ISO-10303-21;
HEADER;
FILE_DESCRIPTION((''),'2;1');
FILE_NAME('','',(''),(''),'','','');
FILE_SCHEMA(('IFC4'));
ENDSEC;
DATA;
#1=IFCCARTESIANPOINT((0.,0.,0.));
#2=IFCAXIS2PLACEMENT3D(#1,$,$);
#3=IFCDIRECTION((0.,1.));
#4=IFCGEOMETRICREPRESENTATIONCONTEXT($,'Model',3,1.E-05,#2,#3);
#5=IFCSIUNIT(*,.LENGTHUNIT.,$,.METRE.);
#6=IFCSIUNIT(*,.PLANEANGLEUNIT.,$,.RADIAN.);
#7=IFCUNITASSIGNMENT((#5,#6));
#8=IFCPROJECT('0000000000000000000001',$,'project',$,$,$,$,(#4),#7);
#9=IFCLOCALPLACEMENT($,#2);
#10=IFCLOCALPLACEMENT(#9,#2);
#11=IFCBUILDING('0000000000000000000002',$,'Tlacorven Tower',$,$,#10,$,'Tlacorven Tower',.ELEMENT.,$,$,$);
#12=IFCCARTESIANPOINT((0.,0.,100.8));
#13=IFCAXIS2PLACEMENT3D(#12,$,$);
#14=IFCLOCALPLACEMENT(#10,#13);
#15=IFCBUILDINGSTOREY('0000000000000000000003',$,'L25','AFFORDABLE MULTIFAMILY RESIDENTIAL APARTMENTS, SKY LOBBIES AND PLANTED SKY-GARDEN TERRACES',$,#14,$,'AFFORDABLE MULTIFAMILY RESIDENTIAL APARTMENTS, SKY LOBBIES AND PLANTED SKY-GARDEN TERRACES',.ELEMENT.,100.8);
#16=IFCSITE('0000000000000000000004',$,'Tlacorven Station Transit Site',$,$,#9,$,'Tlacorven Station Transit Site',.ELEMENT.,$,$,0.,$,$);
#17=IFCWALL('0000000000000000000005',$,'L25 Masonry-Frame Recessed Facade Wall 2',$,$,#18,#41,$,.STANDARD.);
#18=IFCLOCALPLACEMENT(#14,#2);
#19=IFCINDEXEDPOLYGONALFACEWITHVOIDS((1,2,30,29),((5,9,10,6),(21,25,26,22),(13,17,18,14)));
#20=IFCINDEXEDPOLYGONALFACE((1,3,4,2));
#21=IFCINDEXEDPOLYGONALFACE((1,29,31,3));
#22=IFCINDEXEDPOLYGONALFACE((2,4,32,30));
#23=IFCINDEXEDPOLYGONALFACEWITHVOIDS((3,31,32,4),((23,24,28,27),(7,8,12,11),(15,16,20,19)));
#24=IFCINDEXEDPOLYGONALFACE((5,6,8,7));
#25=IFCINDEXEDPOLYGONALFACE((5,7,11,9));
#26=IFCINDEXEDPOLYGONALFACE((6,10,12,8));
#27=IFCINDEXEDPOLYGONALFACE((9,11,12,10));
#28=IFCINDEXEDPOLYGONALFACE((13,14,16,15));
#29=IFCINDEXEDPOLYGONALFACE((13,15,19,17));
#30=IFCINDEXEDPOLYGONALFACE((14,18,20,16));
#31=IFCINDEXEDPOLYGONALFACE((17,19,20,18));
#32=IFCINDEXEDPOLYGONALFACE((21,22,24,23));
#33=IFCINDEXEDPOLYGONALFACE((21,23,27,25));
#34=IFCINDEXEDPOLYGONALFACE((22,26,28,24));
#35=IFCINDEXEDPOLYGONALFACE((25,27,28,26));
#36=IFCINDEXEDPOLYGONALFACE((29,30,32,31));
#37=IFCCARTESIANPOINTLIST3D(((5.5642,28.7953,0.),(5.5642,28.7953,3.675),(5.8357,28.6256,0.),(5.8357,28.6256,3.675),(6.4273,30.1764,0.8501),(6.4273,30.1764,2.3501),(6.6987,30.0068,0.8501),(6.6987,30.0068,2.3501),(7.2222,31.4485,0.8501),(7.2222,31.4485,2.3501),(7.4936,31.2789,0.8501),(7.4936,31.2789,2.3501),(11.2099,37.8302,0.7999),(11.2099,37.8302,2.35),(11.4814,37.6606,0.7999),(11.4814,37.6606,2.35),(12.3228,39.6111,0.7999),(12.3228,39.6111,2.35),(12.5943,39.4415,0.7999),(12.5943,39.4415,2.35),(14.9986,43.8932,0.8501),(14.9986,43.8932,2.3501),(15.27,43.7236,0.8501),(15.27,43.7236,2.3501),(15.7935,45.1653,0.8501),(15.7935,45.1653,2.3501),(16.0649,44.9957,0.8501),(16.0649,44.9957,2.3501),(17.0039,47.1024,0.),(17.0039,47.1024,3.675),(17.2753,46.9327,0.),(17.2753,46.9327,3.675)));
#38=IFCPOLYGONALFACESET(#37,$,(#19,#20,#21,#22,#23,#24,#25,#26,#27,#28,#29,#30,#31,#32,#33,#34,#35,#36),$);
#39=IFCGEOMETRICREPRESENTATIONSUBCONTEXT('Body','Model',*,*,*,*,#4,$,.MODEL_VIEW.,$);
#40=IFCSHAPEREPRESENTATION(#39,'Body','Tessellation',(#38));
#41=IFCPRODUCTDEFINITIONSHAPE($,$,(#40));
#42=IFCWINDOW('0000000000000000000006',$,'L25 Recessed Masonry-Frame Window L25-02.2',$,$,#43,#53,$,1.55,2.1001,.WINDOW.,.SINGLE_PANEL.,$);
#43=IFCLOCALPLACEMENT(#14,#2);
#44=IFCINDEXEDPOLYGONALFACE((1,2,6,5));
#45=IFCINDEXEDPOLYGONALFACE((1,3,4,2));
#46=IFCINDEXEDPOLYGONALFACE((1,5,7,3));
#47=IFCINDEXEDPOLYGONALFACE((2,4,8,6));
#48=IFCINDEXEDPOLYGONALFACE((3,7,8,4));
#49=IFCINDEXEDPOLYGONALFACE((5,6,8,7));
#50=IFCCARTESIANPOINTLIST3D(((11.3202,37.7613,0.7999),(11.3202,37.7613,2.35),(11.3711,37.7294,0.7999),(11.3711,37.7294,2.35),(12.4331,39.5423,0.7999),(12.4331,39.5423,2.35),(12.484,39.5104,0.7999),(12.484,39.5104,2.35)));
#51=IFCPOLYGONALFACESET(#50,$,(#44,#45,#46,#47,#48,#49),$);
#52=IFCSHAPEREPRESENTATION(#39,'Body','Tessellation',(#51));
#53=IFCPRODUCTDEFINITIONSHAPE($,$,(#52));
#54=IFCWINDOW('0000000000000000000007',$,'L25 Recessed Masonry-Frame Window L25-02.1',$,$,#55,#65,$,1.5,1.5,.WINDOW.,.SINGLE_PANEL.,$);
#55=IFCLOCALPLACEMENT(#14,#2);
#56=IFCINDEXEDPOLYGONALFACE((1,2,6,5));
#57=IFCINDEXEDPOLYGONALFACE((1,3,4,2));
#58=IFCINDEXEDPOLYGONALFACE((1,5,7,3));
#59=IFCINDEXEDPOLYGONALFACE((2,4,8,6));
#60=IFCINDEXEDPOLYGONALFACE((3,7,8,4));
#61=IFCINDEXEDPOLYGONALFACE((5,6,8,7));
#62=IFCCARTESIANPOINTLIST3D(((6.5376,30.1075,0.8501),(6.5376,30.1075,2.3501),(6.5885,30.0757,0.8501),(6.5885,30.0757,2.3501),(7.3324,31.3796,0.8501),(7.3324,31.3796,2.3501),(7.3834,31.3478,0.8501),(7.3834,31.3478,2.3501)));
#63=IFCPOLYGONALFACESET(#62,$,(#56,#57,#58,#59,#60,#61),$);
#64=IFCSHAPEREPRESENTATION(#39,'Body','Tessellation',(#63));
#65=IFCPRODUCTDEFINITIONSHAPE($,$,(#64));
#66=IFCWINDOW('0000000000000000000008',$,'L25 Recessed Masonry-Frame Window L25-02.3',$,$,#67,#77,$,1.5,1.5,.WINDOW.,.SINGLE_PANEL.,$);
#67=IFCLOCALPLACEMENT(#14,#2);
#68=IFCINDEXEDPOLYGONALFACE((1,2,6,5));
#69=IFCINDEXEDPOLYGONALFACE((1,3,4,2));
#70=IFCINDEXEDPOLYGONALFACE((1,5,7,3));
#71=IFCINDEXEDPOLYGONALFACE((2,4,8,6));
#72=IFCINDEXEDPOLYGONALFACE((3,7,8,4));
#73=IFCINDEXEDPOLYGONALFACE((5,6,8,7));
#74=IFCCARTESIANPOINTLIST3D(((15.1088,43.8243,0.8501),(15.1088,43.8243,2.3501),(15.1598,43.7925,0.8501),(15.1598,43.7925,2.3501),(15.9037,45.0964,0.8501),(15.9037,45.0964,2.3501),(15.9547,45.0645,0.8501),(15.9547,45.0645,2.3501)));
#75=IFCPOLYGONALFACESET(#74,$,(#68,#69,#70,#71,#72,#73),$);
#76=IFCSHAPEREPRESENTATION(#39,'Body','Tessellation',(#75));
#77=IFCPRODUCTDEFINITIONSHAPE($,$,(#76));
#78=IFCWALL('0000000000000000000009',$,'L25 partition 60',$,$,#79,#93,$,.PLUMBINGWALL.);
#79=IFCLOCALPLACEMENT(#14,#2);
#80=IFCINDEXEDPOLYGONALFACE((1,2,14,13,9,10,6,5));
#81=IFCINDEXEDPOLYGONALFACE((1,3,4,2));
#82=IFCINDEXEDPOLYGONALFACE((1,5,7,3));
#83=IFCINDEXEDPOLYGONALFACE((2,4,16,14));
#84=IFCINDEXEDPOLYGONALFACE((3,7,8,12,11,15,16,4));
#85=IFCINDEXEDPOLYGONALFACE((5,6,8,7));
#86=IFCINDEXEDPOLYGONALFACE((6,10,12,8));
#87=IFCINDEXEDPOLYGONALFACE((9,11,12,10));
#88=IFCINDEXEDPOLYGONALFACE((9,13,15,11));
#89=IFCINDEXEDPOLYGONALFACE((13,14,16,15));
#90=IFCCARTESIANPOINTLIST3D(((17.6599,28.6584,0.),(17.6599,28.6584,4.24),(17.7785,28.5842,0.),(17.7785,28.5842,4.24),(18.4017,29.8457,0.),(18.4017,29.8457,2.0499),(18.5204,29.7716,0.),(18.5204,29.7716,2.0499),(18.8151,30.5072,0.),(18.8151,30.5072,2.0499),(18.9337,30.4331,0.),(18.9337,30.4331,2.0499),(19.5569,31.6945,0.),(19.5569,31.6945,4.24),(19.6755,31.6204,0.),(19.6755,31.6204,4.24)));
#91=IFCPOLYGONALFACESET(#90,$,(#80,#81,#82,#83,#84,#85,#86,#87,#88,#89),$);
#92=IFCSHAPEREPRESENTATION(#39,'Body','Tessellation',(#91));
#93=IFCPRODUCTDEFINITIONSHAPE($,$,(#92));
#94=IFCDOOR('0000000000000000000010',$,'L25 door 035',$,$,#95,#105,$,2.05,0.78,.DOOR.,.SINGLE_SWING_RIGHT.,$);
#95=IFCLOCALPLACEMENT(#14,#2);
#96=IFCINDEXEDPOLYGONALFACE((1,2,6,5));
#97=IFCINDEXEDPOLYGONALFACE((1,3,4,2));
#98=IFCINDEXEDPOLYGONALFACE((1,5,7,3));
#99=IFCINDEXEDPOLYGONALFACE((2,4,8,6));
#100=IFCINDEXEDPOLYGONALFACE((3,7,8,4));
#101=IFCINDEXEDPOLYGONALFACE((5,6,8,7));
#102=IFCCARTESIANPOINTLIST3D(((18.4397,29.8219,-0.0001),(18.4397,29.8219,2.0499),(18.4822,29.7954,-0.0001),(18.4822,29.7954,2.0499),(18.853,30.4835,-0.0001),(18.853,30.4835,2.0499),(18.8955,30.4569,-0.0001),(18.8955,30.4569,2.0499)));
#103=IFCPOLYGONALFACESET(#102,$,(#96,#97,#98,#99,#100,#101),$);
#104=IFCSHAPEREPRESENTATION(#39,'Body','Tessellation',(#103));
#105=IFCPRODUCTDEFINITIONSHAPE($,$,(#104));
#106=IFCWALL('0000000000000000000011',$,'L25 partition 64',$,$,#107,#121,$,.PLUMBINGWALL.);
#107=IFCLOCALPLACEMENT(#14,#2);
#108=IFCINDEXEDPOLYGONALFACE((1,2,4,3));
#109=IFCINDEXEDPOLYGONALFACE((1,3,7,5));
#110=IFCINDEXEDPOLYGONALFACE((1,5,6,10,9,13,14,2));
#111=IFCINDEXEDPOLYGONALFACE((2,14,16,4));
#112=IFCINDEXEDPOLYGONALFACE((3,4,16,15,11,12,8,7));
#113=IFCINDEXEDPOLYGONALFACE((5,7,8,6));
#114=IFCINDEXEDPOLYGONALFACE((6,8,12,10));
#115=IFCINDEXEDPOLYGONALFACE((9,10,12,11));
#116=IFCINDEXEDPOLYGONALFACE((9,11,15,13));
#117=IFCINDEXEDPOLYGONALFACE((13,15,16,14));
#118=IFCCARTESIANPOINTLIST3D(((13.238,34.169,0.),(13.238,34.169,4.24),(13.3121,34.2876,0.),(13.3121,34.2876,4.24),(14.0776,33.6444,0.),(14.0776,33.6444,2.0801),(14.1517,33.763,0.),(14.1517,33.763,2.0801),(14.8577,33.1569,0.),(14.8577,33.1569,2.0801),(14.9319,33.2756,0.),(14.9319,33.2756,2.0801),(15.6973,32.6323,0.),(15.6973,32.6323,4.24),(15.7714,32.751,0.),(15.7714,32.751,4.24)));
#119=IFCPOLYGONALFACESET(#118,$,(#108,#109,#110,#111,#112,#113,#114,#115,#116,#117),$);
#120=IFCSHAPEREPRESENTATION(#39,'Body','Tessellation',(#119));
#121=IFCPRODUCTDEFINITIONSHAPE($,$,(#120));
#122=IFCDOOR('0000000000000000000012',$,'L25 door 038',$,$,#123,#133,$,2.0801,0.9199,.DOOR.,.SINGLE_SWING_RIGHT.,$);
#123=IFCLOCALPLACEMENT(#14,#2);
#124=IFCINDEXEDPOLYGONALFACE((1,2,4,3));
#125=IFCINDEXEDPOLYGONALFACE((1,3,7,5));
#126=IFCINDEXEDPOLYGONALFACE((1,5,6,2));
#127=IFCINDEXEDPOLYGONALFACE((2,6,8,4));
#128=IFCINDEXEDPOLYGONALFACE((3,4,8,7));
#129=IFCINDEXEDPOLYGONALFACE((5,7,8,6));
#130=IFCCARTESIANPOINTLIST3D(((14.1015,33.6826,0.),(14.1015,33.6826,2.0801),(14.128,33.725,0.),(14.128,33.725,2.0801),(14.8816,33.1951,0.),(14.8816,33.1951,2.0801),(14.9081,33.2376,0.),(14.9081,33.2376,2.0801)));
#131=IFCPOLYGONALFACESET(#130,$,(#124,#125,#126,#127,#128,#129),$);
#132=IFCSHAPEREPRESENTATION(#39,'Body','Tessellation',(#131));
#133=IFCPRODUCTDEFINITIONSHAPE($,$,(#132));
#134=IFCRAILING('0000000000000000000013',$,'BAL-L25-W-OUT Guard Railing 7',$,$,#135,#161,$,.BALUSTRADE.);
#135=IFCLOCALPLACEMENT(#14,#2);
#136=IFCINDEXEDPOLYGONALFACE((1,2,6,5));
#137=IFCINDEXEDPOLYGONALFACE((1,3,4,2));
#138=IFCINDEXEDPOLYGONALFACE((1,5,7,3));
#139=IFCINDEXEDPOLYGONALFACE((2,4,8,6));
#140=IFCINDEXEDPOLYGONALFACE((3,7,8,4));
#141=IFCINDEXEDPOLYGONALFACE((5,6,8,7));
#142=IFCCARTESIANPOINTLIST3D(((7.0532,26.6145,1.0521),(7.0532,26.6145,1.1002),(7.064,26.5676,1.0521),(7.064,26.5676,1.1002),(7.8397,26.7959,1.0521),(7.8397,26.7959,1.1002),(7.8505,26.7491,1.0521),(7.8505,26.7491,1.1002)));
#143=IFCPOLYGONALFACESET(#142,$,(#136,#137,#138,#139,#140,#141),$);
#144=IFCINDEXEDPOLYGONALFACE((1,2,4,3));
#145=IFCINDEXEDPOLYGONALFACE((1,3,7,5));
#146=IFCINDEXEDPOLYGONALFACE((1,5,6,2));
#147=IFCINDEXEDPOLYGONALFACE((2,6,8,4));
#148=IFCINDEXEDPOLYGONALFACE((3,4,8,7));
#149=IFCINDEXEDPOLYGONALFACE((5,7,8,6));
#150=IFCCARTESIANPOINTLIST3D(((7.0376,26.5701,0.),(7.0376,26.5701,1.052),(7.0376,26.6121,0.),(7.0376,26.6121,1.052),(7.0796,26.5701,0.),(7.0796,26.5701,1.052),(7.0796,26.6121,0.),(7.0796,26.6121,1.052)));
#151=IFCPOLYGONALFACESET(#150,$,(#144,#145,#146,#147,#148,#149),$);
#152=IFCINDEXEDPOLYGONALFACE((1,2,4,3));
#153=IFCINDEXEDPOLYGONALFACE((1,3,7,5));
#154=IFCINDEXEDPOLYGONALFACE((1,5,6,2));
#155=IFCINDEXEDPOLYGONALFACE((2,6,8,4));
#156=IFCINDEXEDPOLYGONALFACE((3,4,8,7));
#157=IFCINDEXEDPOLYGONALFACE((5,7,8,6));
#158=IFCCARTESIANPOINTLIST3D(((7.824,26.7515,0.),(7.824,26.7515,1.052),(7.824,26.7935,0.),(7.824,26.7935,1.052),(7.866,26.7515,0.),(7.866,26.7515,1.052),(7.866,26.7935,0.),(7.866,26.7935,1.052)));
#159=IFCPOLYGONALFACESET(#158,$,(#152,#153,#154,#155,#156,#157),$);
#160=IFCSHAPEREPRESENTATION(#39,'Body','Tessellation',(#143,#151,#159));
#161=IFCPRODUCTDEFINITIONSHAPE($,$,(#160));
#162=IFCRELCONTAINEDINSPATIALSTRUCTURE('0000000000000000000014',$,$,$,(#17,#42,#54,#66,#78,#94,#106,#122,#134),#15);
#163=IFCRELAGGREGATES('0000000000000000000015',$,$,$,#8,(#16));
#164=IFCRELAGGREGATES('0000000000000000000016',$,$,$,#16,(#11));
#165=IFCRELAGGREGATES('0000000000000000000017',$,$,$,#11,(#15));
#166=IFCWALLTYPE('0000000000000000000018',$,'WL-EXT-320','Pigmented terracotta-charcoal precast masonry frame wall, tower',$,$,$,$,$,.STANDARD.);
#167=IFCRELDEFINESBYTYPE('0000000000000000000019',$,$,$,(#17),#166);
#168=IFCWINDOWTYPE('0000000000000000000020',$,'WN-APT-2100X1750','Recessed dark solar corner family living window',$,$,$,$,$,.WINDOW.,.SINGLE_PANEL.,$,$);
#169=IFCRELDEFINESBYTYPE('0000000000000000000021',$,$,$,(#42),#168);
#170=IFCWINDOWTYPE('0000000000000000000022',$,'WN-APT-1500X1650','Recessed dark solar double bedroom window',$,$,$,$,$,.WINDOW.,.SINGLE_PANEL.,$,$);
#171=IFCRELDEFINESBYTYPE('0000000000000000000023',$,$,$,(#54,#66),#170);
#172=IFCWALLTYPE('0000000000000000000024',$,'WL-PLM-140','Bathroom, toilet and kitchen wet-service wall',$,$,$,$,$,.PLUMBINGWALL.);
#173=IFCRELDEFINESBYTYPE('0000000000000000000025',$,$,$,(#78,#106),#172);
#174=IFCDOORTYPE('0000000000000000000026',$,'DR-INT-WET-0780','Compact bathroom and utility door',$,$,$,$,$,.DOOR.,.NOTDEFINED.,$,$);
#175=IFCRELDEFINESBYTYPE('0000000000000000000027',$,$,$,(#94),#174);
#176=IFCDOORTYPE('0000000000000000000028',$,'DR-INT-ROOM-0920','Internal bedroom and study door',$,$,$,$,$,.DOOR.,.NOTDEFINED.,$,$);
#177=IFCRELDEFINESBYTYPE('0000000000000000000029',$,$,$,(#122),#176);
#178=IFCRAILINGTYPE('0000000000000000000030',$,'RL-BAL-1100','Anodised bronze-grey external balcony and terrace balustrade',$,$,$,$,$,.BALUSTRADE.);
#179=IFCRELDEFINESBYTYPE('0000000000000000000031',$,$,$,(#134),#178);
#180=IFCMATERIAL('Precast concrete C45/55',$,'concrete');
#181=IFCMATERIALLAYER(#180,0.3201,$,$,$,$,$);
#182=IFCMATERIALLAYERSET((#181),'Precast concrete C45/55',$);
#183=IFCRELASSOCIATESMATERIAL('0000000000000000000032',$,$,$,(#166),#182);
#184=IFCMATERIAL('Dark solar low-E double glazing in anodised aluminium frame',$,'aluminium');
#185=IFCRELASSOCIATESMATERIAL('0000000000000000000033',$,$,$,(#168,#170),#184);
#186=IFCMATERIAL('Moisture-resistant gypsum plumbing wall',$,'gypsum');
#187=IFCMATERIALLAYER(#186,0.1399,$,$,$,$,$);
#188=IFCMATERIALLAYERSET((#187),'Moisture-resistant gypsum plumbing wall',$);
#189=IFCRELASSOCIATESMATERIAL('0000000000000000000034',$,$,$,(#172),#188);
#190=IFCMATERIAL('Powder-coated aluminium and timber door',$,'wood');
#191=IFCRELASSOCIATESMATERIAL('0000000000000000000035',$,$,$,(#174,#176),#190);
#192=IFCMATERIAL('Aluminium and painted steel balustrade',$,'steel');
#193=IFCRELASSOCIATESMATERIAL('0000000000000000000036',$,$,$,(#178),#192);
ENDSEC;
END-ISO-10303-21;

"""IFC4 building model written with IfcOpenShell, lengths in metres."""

from ifc_helpers import new_model, si_unit, direction, frame, frame_2d, origin, origin_2d, place, context, subcontext, project, spatial, rectangle, extrude, source, transform, mapped, material, layer, layer_set, type_object, element, fill, save


model = new_model("IFC4")

# Units and contexts
model_context = context("Model", 3, precision=1e-05, world=origin(), true_north=direction((0.0, 1.0)))
body_context = subcontext(model_context, "Body", "Model", "MODEL_VIEW")
ifc_project = project(units=[si_unit("LENGTHUNIT", "METRE"), si_unit("PLANEANGLEUNIT", "RADIAN")], contexts=[model_context])

# Site, building, storey
site_placement = place(None, origin())
site = spatial("IfcSite", under=ifc_project, at=site_placement, Name="Tlacorven Station Transit Site", LongName="Tlacorven Station Transit Site", CompositionType="ELEMENT", RefElevation=0.0)
building_placement = place(site_placement, origin())
building = spatial("IfcBuilding", under=site, at=building_placement, Name="Tlacorven Tower", LongName="Tlacorven Tower", CompositionType="ELEMENT")
storey_placement = place(building_placement, frame((0.0, 0.0, 100.8)))
storey = spatial("IfcBuildingStorey", under=building, at=storey_placement, Name="L25", Description="AFFORDABLE MULTIFAMILY RESIDENTIAL APARTMENTS, SKY LOBBIES AND PLANTED SKY-GARDEN TERRACES", LongName="AFFORDABLE MULTIFAMILY RESIDENTIAL APARTMENTS, SKY LOBBIES AND PLANTED SKY-GARDEN TERRACES", CompositionType="ELEMENT", Elevation=100.8)

# Wall, openings, windows
ifc_material_1 = material(Name="Precast concrete C45/55", Category="concrete")
ifc_layer_1 = layer(ifc_material_1, 0.3201)
ifc_layer_set_1 = layer_set([ifc_layer_1], Name="Precast concrete C45/55")
wall_type_1 = type_object("IfcWallType", Name="WL-EXT-320", Description="Pigmented terracotta-charcoal precast masonry frame wall, tower", PredefinedType="STANDARD", material=ifc_layer_set_1)
wall_1_placement = place(storey_placement, frame((5.7, 28.7104, 0.0), z_axis=(0.0, 0.0, 1.0), x_axis=(0.529924, 0.848045, 0.0)))
wall_1 = element("IfcWall", 1, at=wall_1_placement, inside=storey, type_object=wall_type_1, Name="L25 Masonry-Frame Recessed Facade Wall 2", PredefinedType="STANDARD", context=body_context, shape_type="SweptSolid", body=[
    extrude(rectangle(XDim=21.5874, YDim=0.3201, at=frame_2d((10.7937, 0.0))), origin(), (0.0, 0.0, 1.0), 3.675),
])
opening_1_placement = place(wall_1_placement, frame((1.6287, 0.0, 0.8501)))
opening_1 = element("IfcOpeningElement", 2, at=opening_1_placement, cuts=wall_1, PredefinedType="OPENING", context=body_context, shape_type="SweptSolid", body=[
    extrude(rectangle(XDim=1.5, YDim=1.5, at=frame_2d((0.75, 0.75))), frame((0.0, 0.1699, 0.0), z_axis=(0.0, -1.0, 0.0), x_axis=(1.0, 0.0, 0.0)), (0.0, 0.0, 1.0), 0.3401),
])
opening_2_placement = place(wall_1_placement, frame((10.6538, 0.0, 0.8)))
opening_2 = element("IfcOpeningElement", 3, at=opening_2_placement, cuts=wall_1, PredefinedType="OPENING", context=body_context, shape_type="SweptSolid", body=[
    extrude(rectangle(XDim=2.1001, YDim=1.55, at=frame_2d((1.05, 0.7749))), frame((0.0, 0.1699, 0.0), z_axis=(0.0, -1.0, 0.0), x_axis=(1.0, 0.0, 0.0)), (0.0, 0.0, 1.0), 0.3401),
])
opening_3_placement = place(wall_1_placement, frame((17.8032, 0.0, 0.8501)))
opening_3 = element("IfcOpeningElement", 4, at=opening_3_placement, cuts=wall_1, PredefinedType="OPENING", context=body_context, shape_type="SweptSolid", body=[
    extrude(rectangle(XDim=1.5, YDim=1.5, at=frame_2d((0.75, 0.75))), frame((0.0, 0.1699, 0.0), z_axis=(0.0, -1.0, 0.0), x_axis=(1.0, 0.0, 0.0)), (0.0, 0.0, 1.0), 0.3401),
])
ifc_material_2 = material(Name="Dark solar low-E double glazing in anodised aluminium frame", Category="aluminium")
window_type_1 = type_object("IfcWindowType", Name="WN-APT-2100X1750", Description="Recessed dark solar corner family living window", PartitioningType="SINGLE_PANEL", PredefinedType="WINDOW", material=ifc_material_2)
shared_shape_1 = source(origin(), body_context, "Body", "SweptSolid", [
    extrude(rectangle(XDim=2.1001, YDim=1.55, at=frame_2d((1.05, 0.7749))), frame((0.0, 0.03, 0.0), z_axis=(0.0, -1.0, 0.0), x_axis=(1.0, 0.0, 0.0)), (0.0, 0.0, 1.0), 0.0601),
])
window_1_placement = place(opening_2_placement, origin())
window_1 = element("IfcWindow", 5, at=window_1_placement, inside=storey, type_object=window_type_1, Name="L25 Recessed Masonry-Frame Window L25-02.2", OverallHeight=1.55, OverallWidth=2.1001, PartitioningType="SINGLE_PANEL", PredefinedType="WINDOW", context=body_context, shape_type="MappedRepresentation", body=[
    mapped(shared_shape_1, transform((0.0, 0.0, 0.0), scale=1.0)),
])
fill(opening_2, window_1)
window_type_2 = type_object("IfcWindowType", Name="WN-APT-1500X1650", Description="Recessed dark solar double bedroom window", PartitioningType="SINGLE_PANEL", PredefinedType="WINDOW", material=ifc_material_2)
shared_shape_2 = source(origin(), body_context, "Body", "SweptSolid", [
    extrude(rectangle(XDim=1.5, YDim=1.5, at=frame_2d((0.75, 0.75))), frame((0.0, 0.03, 0.0), z_axis=(0.0, -1.0, 0.0), x_axis=(1.0, 0.0, 0.0)), (0.0, 0.0, 1.0), 0.0601),
])
window_2_placement = place(opening_1_placement, origin())
window_2 = element("IfcWindow", 6, at=window_2_placement, inside=storey, type_object=window_type_2, Name="L25 Recessed Masonry-Frame Window L25-02.1", OverallHeight=1.5, OverallWidth=1.5, PartitioningType="SINGLE_PANEL", PredefinedType="WINDOW", context=body_context, shape_type="MappedRepresentation", body=[
    mapped(shared_shape_2, transform((0.0, 0.0, 0.0), scale=1.0)),
])
fill(opening_1, window_2)
window_3_placement = place(opening_3_placement, origin())
window_3 = element("IfcWindow", 7, at=window_3_placement, inside=storey, type_object=window_type_2, Name="L25 Recessed Masonry-Frame Window L25-02.3", OverallHeight=1.5, OverallWidth=1.5, PartitioningType="SINGLE_PANEL", PredefinedType="WINDOW", context=body_context, shape_type="MappedRepresentation", body=[
    mapped(shared_shape_2, transform((0.0, 0.0, 0.0), scale=1.0)),
])
fill(opening_3, window_3)

# Walls, openings, doors
ifc_material_3 = material(Name="Moisture-resistant gypsum plumbing wall", Category="gypsum")
ifc_layer_2 = layer(ifc_material_3, 0.1399)
ifc_layer_set_2 = layer_set([ifc_layer_2], Name="Moisture-resistant gypsum plumbing wall")
wall_type_2 = type_object("IfcWallType", Name="WL-PLM-140", Description="Bathroom, toilet and kitchen wet-service wall", PredefinedType="PLUMBINGWALL", material=ifc_layer_set_2)
wall_2_placement = place(storey_placement, frame((19.6162, 31.6575, 0.0), z_axis=(0.0, 0.0, 1.0), x_axis=(-0.529876, -0.848075, 0.0)))
wall_2 = element("IfcWall", 8, at=wall_2_placement, inside=storey, type_object=wall_type_2, Name="L25 partition 60", PredefinedType="PLUMBINGWALL", context=body_context, shape_type="SweptSolid", body=[
    extrude(rectangle(XDim=3.5801, YDim=0.1399, at=frame_2d((1.79, 0.0))), origin(), (0.0, 0.0, 1.0), 4.24),
])
opening_4_placement = place(wall_2_placement, frame((1.3999, 0.0, 0.0)))
opening_4 = element("IfcOpeningElement", 9, at=opening_4_placement, cuts=wall_2, PredefinedType="OPENING", context=body_context, shape_type="SweptSolid", body=[
    extrude(rectangle(XDim=0.78, YDim=2.05, at=frame_2d((0.3901, 1.0249))), frame((0.0, 0.0801, 0.0), z_axis=(0.0, -1.0, 0.0), x_axis=(1.0, 0.0, 0.0)), (0.0, 0.0, 1.0), 0.1599),
])
ifc_material_4 = material(Name="Powder-coated aluminium and timber door", Category="wood")
door_type_1 = type_object("IfcDoorType", Name="DR-INT-WET-0780", Description="Compact bathroom and utility door", OperationType="NOTDEFINED", PredefinedType="DOOR", material=ifc_material_4)
shared_shape_3 = source(origin(), body_context, "Body", "SweptSolid", [
    extrude(rectangle(XDim=0.78, YDim=2.05, at=frame_2d((0.3901, 1.0249))), frame((0.0, 0.0249, 0.0), z_axis=(0.0, -1.0, 0.0), x_axis=(1.0, 0.0, 0.0)), (0.0, 0.0, 1.0), 0.05),
])
door_1_placement = place(opening_4_placement, origin())
door_1 = element("IfcDoor", 10, at=door_1_placement, inside=storey, type_object=door_type_1, Name="L25 door 035", OperationType="SINGLE_SWING_RIGHT", OverallHeight=2.05, OverallWidth=0.78, PredefinedType="DOOR", context=body_context, shape_type="MappedRepresentation", body=[
    mapped(shared_shape_3, transform((0.0, 0.0, 0.0), scale=1.0)),
])
fill(opening_4, door_1)
wall_3_placement = place(storey_placement, frame((15.7344, 32.6917, 0.0), z_axis=(0.0, 0.0, 1.0), x_axis=(-0.84806, 0.529901, 0.0)))
wall_3 = element("IfcWall", 11, at=wall_3_placement, inside=storey, type_object=wall_type_2, Name="L25 partition 64", PredefinedType="PLUMBINGWALL", context=body_context, shape_type="SweptSolid", body=[
    extrude(rectangle(XDim=2.8999, YDim=0.1399, at=frame_2d((1.45, 0.0))), origin(), (0.0, 0.0, 1.0), 4.24),
])
opening_5_placement = place(wall_3_placement, frame((0.99, 0.0, 0.0)))
opening_5 = element("IfcOpeningElement", 12, at=opening_5_placement, cuts=wall_3, PredefinedType="OPENING", context=body_context, shape_type="SweptSolid", body=[
    extrude(rectangle(XDim=0.9199, YDim=2.0801, at=frame_2d((0.46, 1.04))), frame((0.0, 0.0801, 0.0), z_axis=(0.0, -1.0, 0.0), x_axis=(1.0, 0.0, 0.0)), (0.0, 0.0, 1.0), 0.1599),
])
door_type_2 = type_object("IfcDoorType", Name="DR-INT-ROOM-0920", Description="Internal bedroom and study door", OperationType="NOTDEFINED", PredefinedType="DOOR", material=ifc_material_4)
shared_shape_4 = source(origin(), body_context, "Body", "SweptSolid", [
    extrude(rectangle(XDim=0.9199, YDim=2.0801, at=frame_2d((0.46, 1.04))), frame((0.0, 0.0249, 0.0), z_axis=(0.0, -1.0, 0.0), x_axis=(1.0, 0.0, 0.0)), (0.0, 0.0, 1.0), 0.05),
])
door_2_placement = place(opening_5_placement, origin())
door_2 = element("IfcDoor", 13, at=door_2_placement, inside=storey, type_object=door_type_2, Name="L25 door 038", OperationType="SINGLE_SWING_RIGHT", OverallHeight=2.0801, OverallWidth=0.9199, PredefinedType="DOOR", context=body_context, shape_type="MappedRepresentation", body=[
    mapped(shared_shape_4, transform((0.0, 0.0, 0.0), scale=1.0)),
])
fill(opening_5, door_2)

# Railing
ifc_material_5 = material(Name="Aluminium and painted steel balustrade", Category="steel")
railing_type = type_object("IfcRailingType", Name="RL-BAL-1100", Description="Anodised bronze-grey external balcony and terrace balustrade", PredefinedType="BALUSTRADE", material=ifc_material_5)
shared_shape_5 = source(origin(), body_context, "Body", "SweptSolid", [
    extrude(rectangle(XDim=0.0481, YDim=0.0481, at=origin_2d()), frame((0.0, 0.0, 1.0762), z_axis=(0.974412, 0.224771, 0.0), x_axis=(-0.224771, 0.974412, 0.0)), (0.0, 0.0, 1.0), 0.8071),
    extrude(rectangle(XDim=0.042, YDim=0.042, at=origin_2d()), origin(), (0.0, 0.0, 1.0), 1.052),
    extrude(rectangle(XDim=0.042, YDim=0.042, at=origin_2d()), frame((0.7864, 0.1814, 0.0)), (0.0, 0.0, 1.0), 1.052),
])
railing_1_placement = place(storey_placement, frame((7.0586, 26.5911, 0.0)))
element("IfcRailing", 14, at=railing_1_placement, inside=storey, type_object=railing_type, Name="BAL-L25-W-OUT Guard Railing 7", PredefinedType="BALUSTRADE", context=body_context, shape_type="MappedRepresentation", body=[
    mapped(shared_shape_5, transform((0.0, 0.0, 0.0), scale=1.0)),
])

save(model, "model.ifc")
